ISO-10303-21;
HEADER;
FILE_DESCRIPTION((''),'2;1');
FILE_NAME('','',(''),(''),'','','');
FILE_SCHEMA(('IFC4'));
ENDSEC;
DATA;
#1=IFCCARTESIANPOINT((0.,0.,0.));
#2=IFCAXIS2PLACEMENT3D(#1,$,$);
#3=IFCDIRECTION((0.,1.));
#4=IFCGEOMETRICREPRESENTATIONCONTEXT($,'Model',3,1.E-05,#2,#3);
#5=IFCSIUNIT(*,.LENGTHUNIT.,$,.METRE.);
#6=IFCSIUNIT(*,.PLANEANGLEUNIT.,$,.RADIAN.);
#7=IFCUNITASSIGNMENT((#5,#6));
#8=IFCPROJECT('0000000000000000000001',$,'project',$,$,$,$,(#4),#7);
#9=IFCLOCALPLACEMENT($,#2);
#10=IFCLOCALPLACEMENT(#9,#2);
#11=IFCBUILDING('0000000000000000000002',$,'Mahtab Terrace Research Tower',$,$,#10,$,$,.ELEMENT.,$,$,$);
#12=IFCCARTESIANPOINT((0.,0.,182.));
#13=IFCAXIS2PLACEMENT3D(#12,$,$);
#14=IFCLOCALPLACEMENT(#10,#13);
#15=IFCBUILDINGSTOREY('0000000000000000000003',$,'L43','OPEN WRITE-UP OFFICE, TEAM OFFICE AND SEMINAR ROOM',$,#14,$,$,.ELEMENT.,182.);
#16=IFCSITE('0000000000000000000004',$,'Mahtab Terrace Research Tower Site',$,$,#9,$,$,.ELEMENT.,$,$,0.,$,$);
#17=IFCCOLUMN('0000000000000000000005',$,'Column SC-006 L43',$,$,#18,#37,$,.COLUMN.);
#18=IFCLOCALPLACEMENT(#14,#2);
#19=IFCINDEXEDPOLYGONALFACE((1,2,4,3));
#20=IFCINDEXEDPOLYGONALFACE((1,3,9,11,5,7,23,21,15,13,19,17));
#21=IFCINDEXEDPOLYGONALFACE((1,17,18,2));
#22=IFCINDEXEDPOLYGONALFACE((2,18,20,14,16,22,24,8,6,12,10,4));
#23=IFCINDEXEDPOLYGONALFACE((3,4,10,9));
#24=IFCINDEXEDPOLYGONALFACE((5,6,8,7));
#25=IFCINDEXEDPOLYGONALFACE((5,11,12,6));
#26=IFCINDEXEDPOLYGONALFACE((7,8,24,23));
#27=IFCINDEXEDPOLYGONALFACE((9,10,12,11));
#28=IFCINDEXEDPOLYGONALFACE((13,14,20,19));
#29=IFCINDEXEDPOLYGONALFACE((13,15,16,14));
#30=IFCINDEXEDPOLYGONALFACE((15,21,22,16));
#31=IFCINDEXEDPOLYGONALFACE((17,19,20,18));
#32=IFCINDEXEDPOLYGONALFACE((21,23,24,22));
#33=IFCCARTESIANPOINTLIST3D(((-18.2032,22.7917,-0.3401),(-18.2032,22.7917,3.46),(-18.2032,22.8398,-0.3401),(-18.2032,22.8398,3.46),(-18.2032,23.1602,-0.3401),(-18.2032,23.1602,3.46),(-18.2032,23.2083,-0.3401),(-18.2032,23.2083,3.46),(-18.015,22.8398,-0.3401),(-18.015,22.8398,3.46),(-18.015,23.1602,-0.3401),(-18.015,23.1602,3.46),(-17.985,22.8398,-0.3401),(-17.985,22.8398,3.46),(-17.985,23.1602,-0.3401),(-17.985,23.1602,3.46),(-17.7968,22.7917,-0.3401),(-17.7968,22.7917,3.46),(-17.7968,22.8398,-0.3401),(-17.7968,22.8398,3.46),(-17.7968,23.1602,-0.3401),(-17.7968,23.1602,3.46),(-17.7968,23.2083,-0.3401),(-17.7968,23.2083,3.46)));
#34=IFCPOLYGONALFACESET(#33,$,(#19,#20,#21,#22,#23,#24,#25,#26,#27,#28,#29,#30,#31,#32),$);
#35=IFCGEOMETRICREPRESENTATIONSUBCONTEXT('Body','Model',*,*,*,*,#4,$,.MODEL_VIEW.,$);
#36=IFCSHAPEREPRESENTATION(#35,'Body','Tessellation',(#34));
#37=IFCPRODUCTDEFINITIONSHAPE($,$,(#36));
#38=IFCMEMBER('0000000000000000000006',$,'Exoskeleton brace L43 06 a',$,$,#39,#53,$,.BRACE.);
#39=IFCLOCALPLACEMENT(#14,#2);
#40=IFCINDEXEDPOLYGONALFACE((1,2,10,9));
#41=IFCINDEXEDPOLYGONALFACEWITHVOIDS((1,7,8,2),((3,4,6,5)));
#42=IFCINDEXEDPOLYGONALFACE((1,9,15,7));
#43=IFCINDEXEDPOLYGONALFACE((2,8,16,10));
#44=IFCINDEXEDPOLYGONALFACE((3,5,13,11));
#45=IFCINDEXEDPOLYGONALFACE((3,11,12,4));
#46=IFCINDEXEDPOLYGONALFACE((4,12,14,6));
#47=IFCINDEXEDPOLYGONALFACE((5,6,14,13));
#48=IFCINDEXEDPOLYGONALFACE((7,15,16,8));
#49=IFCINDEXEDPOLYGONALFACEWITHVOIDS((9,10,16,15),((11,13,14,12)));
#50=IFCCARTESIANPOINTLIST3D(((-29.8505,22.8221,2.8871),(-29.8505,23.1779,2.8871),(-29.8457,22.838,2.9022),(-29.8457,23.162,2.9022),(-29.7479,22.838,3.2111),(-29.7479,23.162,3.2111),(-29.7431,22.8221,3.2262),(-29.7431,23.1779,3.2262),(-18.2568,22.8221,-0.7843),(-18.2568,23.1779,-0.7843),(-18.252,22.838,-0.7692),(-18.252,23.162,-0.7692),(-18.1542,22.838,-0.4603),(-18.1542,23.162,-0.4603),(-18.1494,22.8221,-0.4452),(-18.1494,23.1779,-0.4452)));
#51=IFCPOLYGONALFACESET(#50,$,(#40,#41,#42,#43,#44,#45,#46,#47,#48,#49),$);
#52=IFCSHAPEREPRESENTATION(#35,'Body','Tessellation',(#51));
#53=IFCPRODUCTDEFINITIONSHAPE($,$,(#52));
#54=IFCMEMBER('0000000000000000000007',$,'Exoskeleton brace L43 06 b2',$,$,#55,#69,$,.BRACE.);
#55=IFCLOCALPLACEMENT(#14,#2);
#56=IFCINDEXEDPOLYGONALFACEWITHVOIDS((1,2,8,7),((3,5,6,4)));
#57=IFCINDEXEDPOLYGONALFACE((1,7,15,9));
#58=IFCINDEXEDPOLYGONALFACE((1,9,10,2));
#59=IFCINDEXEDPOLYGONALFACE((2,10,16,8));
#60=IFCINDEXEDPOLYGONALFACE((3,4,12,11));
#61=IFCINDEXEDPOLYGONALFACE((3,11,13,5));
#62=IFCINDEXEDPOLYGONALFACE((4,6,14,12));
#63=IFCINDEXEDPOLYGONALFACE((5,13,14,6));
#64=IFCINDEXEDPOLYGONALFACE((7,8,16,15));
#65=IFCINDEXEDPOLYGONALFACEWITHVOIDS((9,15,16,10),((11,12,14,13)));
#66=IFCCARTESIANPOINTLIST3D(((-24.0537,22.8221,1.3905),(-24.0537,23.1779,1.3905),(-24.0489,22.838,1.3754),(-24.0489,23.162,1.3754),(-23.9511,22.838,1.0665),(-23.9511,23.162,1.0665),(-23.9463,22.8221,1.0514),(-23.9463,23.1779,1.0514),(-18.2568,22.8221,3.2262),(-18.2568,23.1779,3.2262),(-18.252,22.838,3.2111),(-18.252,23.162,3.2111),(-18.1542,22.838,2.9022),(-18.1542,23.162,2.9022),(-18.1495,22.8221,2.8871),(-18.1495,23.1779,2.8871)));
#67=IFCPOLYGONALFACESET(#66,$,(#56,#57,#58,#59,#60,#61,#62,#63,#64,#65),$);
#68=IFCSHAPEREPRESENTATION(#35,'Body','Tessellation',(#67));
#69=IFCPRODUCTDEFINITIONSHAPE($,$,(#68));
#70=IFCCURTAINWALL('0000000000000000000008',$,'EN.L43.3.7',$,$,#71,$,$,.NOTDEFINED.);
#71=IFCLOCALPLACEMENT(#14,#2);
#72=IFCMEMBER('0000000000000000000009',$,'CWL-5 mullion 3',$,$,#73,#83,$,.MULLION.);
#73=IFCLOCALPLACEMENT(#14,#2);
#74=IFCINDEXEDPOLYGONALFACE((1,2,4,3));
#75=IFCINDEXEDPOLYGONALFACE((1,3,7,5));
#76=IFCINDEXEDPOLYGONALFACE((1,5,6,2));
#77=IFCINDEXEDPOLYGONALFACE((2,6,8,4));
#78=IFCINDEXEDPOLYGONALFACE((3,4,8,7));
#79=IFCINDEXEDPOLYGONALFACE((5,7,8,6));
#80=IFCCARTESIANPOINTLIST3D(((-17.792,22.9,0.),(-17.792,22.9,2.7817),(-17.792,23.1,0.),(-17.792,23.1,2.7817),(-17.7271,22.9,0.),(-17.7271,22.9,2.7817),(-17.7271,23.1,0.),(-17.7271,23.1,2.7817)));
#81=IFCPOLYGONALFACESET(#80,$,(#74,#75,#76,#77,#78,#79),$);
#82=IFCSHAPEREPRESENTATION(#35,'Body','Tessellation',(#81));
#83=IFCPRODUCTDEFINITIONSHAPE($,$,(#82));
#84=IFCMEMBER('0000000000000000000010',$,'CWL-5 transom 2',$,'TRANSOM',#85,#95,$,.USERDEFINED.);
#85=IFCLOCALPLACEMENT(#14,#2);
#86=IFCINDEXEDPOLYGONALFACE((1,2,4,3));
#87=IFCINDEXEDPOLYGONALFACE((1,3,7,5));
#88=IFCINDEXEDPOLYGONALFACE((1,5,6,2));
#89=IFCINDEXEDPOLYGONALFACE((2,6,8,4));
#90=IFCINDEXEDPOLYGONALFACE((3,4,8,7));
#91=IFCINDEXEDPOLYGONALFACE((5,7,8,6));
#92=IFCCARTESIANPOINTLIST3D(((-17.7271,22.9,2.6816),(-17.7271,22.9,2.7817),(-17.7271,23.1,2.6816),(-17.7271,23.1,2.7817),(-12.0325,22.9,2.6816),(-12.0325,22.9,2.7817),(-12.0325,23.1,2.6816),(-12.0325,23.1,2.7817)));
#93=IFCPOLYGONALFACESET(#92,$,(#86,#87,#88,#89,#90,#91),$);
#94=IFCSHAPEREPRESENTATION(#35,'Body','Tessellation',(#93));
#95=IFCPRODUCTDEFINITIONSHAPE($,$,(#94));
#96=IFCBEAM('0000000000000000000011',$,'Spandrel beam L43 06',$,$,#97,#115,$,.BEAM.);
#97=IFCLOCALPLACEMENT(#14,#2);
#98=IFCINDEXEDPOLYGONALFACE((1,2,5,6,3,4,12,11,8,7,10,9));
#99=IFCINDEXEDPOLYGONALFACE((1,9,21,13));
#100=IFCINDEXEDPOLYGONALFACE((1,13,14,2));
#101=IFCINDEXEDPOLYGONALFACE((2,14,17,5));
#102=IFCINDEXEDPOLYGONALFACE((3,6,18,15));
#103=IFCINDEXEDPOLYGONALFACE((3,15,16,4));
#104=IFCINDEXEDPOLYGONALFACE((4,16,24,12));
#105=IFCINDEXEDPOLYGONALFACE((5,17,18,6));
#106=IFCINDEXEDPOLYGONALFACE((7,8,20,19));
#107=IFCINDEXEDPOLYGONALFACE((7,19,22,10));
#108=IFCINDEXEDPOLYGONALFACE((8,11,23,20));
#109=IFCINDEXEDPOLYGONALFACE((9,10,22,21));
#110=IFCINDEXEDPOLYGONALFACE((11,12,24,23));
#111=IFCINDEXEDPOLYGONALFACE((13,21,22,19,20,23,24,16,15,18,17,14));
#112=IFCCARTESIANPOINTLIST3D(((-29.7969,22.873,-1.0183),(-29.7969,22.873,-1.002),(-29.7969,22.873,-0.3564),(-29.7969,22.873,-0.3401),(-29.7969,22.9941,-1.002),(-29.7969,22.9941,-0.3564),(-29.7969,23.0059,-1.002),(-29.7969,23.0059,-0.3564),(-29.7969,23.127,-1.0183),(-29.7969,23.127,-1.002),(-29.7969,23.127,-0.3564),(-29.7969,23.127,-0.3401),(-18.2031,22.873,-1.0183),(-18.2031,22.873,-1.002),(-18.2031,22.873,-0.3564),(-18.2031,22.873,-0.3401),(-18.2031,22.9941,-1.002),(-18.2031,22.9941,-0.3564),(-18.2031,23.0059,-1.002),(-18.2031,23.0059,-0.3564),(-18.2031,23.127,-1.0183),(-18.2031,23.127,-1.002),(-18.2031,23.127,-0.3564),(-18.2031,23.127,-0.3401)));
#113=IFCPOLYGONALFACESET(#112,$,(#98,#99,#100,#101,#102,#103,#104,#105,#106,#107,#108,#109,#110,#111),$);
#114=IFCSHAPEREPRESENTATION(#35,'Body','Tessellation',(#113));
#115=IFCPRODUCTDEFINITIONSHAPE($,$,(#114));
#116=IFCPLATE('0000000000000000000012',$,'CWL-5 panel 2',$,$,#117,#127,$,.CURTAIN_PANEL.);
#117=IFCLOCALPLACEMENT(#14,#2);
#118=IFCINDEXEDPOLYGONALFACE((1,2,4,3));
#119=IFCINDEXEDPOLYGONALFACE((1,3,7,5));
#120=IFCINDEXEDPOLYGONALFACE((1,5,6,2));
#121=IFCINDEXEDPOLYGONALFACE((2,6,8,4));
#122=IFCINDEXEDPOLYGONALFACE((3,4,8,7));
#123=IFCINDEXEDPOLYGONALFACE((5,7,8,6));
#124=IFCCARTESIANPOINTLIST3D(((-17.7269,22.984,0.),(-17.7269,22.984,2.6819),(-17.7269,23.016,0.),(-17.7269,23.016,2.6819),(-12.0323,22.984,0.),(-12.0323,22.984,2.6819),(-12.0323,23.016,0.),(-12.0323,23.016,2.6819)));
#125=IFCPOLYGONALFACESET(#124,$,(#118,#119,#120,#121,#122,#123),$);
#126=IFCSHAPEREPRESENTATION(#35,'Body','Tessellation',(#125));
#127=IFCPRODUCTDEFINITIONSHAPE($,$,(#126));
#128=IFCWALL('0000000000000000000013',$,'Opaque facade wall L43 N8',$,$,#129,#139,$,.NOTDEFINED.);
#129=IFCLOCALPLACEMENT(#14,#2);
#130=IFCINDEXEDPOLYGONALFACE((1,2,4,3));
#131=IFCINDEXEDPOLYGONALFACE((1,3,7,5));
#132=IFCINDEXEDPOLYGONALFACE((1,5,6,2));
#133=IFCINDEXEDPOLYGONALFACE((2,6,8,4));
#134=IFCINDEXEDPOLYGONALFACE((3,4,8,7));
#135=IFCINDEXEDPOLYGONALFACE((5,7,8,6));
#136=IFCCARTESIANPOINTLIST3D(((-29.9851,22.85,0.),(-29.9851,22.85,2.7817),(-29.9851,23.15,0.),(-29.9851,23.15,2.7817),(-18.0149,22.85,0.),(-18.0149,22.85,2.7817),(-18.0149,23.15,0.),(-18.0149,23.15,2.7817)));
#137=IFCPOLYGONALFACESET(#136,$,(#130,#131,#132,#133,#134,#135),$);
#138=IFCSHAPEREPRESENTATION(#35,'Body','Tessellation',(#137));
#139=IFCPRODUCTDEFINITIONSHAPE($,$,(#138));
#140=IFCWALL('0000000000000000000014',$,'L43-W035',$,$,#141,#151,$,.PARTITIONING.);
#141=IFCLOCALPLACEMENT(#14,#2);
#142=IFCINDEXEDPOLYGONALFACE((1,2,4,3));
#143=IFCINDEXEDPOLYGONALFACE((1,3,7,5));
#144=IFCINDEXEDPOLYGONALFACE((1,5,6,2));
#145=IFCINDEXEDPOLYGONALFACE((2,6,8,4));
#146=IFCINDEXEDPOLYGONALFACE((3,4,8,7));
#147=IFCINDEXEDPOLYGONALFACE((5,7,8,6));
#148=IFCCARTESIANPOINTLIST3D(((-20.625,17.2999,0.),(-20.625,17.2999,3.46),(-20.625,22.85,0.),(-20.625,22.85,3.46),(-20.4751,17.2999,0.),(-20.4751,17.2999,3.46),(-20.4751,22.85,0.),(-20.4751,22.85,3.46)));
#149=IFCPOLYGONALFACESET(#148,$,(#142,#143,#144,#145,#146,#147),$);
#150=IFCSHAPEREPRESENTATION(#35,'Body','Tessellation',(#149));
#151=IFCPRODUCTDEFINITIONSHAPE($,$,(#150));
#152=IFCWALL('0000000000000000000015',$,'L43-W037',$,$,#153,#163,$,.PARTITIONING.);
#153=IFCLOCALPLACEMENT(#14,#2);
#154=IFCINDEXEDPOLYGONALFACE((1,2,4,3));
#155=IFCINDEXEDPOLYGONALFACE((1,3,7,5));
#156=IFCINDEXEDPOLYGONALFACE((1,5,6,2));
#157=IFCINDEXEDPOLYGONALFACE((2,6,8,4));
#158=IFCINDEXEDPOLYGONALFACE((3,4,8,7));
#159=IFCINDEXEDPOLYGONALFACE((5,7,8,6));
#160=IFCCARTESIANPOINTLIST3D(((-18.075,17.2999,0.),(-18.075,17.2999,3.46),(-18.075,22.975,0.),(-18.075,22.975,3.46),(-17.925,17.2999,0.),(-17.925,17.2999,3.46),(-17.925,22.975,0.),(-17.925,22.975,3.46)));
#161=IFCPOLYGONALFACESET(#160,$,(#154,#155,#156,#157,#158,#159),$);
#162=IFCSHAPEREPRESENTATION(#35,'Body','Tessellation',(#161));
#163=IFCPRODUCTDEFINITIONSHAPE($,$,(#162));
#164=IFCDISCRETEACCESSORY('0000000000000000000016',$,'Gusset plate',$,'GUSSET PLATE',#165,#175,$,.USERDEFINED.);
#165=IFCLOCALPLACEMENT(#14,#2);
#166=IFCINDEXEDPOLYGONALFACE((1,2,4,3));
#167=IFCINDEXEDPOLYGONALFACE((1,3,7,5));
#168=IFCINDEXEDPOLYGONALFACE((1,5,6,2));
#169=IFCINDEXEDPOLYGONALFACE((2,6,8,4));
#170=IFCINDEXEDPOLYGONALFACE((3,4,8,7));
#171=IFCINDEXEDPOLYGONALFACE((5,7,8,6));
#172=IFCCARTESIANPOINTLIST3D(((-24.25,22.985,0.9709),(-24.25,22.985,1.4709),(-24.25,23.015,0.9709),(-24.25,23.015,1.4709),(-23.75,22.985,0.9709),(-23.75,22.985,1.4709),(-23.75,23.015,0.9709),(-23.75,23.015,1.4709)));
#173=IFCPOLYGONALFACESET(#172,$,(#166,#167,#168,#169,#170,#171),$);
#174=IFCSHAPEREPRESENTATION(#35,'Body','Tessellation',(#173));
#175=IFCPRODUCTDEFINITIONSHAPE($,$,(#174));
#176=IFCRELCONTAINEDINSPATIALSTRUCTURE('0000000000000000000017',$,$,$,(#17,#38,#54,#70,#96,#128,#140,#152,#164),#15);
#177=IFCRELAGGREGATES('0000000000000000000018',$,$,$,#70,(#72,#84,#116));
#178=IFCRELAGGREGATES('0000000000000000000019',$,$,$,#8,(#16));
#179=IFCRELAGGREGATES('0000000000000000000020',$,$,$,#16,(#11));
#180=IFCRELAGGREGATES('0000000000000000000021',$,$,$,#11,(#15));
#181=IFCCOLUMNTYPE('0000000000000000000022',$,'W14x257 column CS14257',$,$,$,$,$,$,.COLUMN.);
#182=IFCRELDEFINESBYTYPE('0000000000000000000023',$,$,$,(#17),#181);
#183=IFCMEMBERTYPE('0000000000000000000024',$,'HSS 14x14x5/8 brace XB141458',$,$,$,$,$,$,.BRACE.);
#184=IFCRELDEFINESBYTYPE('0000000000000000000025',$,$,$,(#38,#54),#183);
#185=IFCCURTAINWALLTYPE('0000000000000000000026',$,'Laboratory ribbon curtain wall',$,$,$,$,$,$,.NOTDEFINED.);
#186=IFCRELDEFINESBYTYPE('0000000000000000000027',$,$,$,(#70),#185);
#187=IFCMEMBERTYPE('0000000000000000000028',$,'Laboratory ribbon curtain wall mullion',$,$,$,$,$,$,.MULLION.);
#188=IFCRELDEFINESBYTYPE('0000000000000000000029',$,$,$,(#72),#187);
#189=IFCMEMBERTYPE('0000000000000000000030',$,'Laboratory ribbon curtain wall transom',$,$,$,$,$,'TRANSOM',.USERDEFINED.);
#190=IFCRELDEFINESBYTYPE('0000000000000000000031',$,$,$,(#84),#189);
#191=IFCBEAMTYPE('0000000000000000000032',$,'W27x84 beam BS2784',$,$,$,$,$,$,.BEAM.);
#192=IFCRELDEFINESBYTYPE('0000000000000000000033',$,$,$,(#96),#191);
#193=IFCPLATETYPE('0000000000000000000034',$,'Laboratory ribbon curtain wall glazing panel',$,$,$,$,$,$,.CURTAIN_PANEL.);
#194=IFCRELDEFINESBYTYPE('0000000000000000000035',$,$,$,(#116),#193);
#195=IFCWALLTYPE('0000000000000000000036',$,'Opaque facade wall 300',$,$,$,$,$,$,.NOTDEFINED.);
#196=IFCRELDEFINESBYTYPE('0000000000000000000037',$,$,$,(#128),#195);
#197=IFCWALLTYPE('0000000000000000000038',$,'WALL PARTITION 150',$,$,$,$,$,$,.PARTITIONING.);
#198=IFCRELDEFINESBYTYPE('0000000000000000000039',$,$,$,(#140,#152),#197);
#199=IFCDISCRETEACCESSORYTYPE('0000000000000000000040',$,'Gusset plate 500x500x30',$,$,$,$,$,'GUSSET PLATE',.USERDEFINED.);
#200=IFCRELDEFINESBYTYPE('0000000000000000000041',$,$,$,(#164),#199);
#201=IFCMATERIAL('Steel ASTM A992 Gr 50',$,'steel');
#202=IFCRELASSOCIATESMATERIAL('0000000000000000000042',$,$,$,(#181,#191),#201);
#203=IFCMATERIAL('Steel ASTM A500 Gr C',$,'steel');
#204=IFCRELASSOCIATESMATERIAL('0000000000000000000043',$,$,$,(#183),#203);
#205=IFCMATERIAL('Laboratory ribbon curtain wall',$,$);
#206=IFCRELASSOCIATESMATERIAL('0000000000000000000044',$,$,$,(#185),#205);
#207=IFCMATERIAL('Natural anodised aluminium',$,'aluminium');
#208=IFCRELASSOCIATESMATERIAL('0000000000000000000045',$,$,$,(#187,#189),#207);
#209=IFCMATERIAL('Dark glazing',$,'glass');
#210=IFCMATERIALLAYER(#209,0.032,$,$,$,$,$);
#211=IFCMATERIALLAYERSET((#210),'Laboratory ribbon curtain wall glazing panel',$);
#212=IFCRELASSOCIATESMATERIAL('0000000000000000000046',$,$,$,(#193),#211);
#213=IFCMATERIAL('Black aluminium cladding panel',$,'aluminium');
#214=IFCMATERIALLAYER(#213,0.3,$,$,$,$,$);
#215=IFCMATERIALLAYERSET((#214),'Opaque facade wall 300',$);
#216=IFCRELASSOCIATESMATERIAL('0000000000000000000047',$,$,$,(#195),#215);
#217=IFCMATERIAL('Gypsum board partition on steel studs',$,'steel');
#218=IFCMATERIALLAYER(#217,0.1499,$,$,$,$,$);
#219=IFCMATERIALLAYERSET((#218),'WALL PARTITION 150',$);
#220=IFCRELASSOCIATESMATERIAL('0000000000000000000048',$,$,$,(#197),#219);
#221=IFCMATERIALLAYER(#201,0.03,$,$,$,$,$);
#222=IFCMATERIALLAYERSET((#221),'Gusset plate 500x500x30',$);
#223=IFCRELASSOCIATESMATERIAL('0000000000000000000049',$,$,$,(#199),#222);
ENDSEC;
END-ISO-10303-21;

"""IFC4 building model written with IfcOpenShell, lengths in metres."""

from ifc_helpers import new_model, si_unit, direction, frame, frame_2d, origin, origin_2d, place, context, subcontext, project, spatial, rectangle, hollow_rectangle, i_section, extrude, material, layer, layer_set, material_profile, profile_set, type_object, element, aggregate, save


model = new_model("IFC4")

# Units and contexts
model_context = context("Model", 3, precision=1e-05, world=origin(), true_north=direction((0.0, 1.0)))
body_context = subcontext(model_context, "Body", "Model", "MODEL_VIEW")
ifc_project = project(units=[si_unit("LENGTHUNIT", "METRE"), si_unit("PLANEANGLEUNIT", "RADIAN")], contexts=[model_context])

# Site, building, storey
site_placement = place(None, origin())
site = spatial("IfcSite", under=ifc_project, at=site_placement, Name="Mahtab Terrace Research Tower Site", CompositionType="ELEMENT", RefElevation=0.0)
building_placement = place(site_placement, origin())
building = spatial("IfcBuilding", under=site, at=building_placement, Name="Mahtab Terrace Research Tower", CompositionType="ELEMENT")
storey_placement = place(building_placement, frame((0.0, 0.0, 182.0)))
storey = spatial("IfcBuildingStorey", under=building, at=storey_placement, Name="L43", Description="OPEN WRITE-UP OFFICE, TEAM OFFICE AND SEMINAR ROOM", CompositionType="ELEMENT", Elevation=182.0)

# Column
ifc_material_1 = material(Name="Steel ASTM A992 Gr 50", Category="steel")
ifc_material_profile_1 = material_profile(ifc_material_1, i_section(OverallWidth=0.4065, OverallDepth=0.4165, WebThickness=0.03, FlangeThickness=0.0481, at=origin_2d()), Name="W14X257")
ifc_profile_set_1 = profile_set([ifc_material_profile_1], Name="Steel ASTM A992 Gr 50")
column_type = type_object("IfcColumnType", Name="W14x257 column CS14257", PredefinedType="COLUMN", material=ifc_profile_set_1)
column_placement = place(storey_placement, frame((-18.0, 23.0, -0.3401), z_axis=(0.0, 0.0, 1.0), x_axis=(1.0, 0.0, 0.0)))
element("IfcColumn", 1, at=column_placement, inside=storey, type_object=column_type, Name="Column SC-006 L43", PredefinedType="COLUMN", context=body_context, shape_type="SweptSolid", body=[
    extrude(i_section(OverallWidth=0.4065, OverallDepth=0.4165, WebThickness=0.03, FlangeThickness=0.0481, at=origin_2d()), origin(), (0.0, 0.0, 1.0), 3.8),
])

# Members
ifc_material_2 = material(Name="Steel ASTM A500 Gr C", Category="steel")
ifc_material_profile_2 = material_profile(ifc_material_2, hollow_rectangle(XDim=0.3557, YDim=0.3557, WallThickness=0.0159, at=origin_2d()), Name="HSS14X14X5/8")
ifc_profile_set_2 = profile_set([ifc_material_profile_2], Name="Steel ASTM A500 Gr C")
member_type_1 = type_object("IfcMemberType", Name="HSS 14x14x5/8 brace XB141458", PredefinedType="BRACE", material=ifc_profile_set_2)
member_1_placement = place(storey_placement, frame((-18.2031, 23.0, -0.6147), z_axis=(-0.953341, 0.0, 0.301894), x_axis=(0.0, -1.0, 0.0)))
element("IfcMember", 2, at=member_1_placement, inside=storey, type_object=member_type_1, Name="Exoskeleton brace L43 06 a", PredefinedType="BRACE", context=body_context, shape_type="SweptSolid", body=[
    extrude(hollow_rectangle(XDim=0.3557, YDim=0.3557, WallThickness=0.0159, at=origin_2d()), origin(), (0.0, 0.0, 1.0), 12.1611),
])
member_2_placement = place(storey_placement, frame((-24.0, 23.0, 1.2209), z_axis=(0.953341, 0.0, 0.301894), x_axis=(0.0, 1.0, 0.0)))
element("IfcMember", 3, at=member_2_placement, inside=storey, type_object=member_type_1, Name="Exoskeleton brace L43 06 b2", PredefinedType="BRACE", context=body_context, shape_type="SweptSolid", body=[
    extrude(hollow_rectangle(XDim=0.3557, YDim=0.3557, WallThickness=0.0159, at=origin_2d()), origin(), (0.0, 0.0, 1.0), 6.0806),
])

# Curtain wall, members
ifc_material_3 = material(Name="Laboratory ribbon curtain wall")
curtain_wall_type = type_object("IfcCurtainWallType", Name="Laboratory ribbon curtain wall", PredefinedType="NOTDEFINED", material=ifc_material_3)
curtain_wall_placement = place(storey_placement, origin())
curtain_wall = element("IfcCurtainWall", 4, at=curtain_wall_placement, inside=storey, type_object=curtain_wall_type, Name="EN.L43.3.7", PredefinedType="NOTDEFINED")
ifc_material_4 = material(Name="Natural anodised aluminium", Category="aluminium")
ifc_material_profile_3 = material_profile(ifc_material_4, rectangle(XDim=0.2, YDim=0.0649, at=origin_2d()), Name="MULLION 65x200")
ifc_profile_set_3 = profile_set([ifc_material_profile_3], Name="Natural anodised aluminium")
member_type_2 = type_object("IfcMemberType", Name="Laboratory ribbon curtain wall mullion", PredefinedType="MULLION", material=ifc_profile_set_3)
member_3_placement = place(storey_placement, frame((-17.7595, 23.0, 0.0), z_axis=(0.0, 0.0, 1.0), x_axis=(0.0, -1.0, 0.0)))
member_3 = element("IfcMember", 5, at=member_3_placement, type_object=member_type_2, Name="CWL-5 mullion 3", PredefinedType="MULLION", context=body_context, shape_type="SweptSolid", body=[
    extrude(rectangle(XDim=0.2, YDim=0.0649, at=origin_2d()), origin(), (0.0, 0.0, 1.0), 2.7817),
])
ifc_material_profile_4 = material_profile(ifc_material_4, rectangle(XDim=0.2, YDim=0.1001, at=origin_2d()), Name="TRANSOM 100x200")
ifc_profile_set_4 = profile_set([ifc_material_profile_4], Name="Natural anodised aluminium")
member_type_3 = type_object("IfcMemberType", Name="Laboratory ribbon curtain wall transom", ElementType="TRANSOM", PredefinedType="USERDEFINED", material=ifc_profile_set_4)
member_4_placement = place(storey_placement, frame((-12.0325, 23.0, 2.7317), z_axis=(-1.0, 0.0, 0.0), x_axis=(0.0, -1.0, 0.0)))
member_4 = element("IfcMember", 6, at=member_4_placement, type_object=member_type_3, Name="CWL-5 transom 2", ObjectType="TRANSOM", PredefinedType="USERDEFINED", context=body_context, shape_type="SweptSolid", body=[
    extrude(rectangle(XDim=0.2, YDim=0.1001, at=origin_2d()), origin(), (0.0, 0.0, 1.0), 5.6946),
])

# Beam
ifc_material_profile_5 = material_profile(ifc_material_1, i_section(OverallWidth=0.2539, OverallDepth=0.6782, WebThickness=0.0117, FlangeThickness=0.0164, at=origin_2d()), Name="W27X84")
ifc_profile_set_5 = profile_set([ifc_material_profile_5], Name="Steel ASTM A992 Gr 50")
beam_type = type_object("IfcBeamType", Name="W27x84 beam BS2784", PredefinedType="BEAM", material=ifc_profile_set_5)
beam_placement = place(storey_placement, frame((-18.2031, 23.0, -0.6792), z_axis=(-1.0, 0.0, 0.0), x_axis=(0.0, -1.0, 0.0)))
element("IfcBeam", 7, at=beam_placement, inside=storey, type_object=beam_type, Name="Spandrel beam L43 06", PredefinedType="BEAM", context=body_context, shape_type="SweptSolid", body=[
    extrude(i_section(OverallWidth=0.2539, OverallDepth=0.6782, WebThickness=0.0117, FlangeThickness=0.0164, at=origin_2d()), origin(), (0.0, 0.0, 1.0), 11.5938),
])

# Plate
ifc_material_5 = material(Name="Dark glazing", Category="glass")
ifc_layer_1 = layer(ifc_material_5, 0.032)
ifc_layer_set_1 = layer_set([ifc_layer_1], Name="Laboratory ribbon curtain wall glazing panel")
plate_type = type_object("IfcPlateType", Name="Laboratory ribbon curtain wall glazing panel", PredefinedType="CURTAIN_PANEL", material=ifc_layer_set_1)
plate_placement = place(storey_placement, frame((-14.8796, 23.0, 0.0), z_axis=(0.0, 0.0, 1.0), x_axis=(-1.0, 0.0, 0.0)))
plate = element("IfcPlate", 8, at=plate_placement, type_object=plate_type, Name="CWL-5 panel 2", PredefinedType="CURTAIN_PANEL", context=body_context, shape_type="SweptSolid", body=[
    extrude(rectangle(XDim=5.6946, YDim=0.032, at=origin_2d()), origin(), (0.0, 0.0, 1.0), 2.6819),
])
aggregate(curtain_wall, [member_3, member_4, plate])

# Walls
ifc_material_6 = material(Name="Black aluminium cladding panel", Category="aluminium")
ifc_layer_2 = layer(ifc_material_6, 0.3)
ifc_layer_set_2 = layer_set([ifc_layer_2], Name="Opaque facade wall 300")
wall_type_1 = type_object("IfcWallType", Name="Opaque facade wall 300", PredefinedType="NOTDEFINED", material=ifc_layer_set_2)
wall_1_placement = place(storey_placement, frame((-18.0149, 23.0, 0.0), z_axis=(0.0, 0.0, 1.0), x_axis=(-1.0, 0.0, 0.0)))
element("IfcWall", 9, at=wall_1_placement, inside=storey, type_object=wall_type_1, Name="Opaque facade wall L43 N8", PredefinedType="NOTDEFINED", context=body_context, shape_type="SweptSolid", body=[
    extrude(rectangle(XDim=11.9702, YDim=0.3, at=frame_2d((5.9851, 0.0))), origin(), (0.0, 0.0, 1.0), 2.7817),
])
ifc_material_7 = material(Name="Gypsum board partition on steel studs", Category="steel")
ifc_layer_3 = layer(ifc_material_7, 0.1499)
ifc_layer_set_3 = layer_set([ifc_layer_3], Name="WALL PARTITION 150")
wall_type_2 = type_object("IfcWallType", Name="WALL PARTITION 150", PredefinedType="PARTITIONING", material=ifc_layer_set_3)
wall_2_placement = place(storey_placement, frame((-20.55, 17.3, 0.0), z_axis=(0.0, 0.0, 1.0), x_axis=(0.0, 1.0, 0.0)))
element("IfcWall", 10, at=wall_2_placement, inside=storey, type_object=wall_type_2, Name="L43-W035", PredefinedType="PARTITIONING", context=body_context, shape_type="SweptSolid", body=[
    extrude(rectangle(XDim=5.55, YDim=0.1499, at=frame_2d((2.7749, 0.0))), origin(), (0.0, 0.0, 1.0), 3.46),
])
wall_3_placement = place(storey_placement, frame((-18.0, 17.3, 0.0), z_axis=(0.0, 0.0, 1.0), x_axis=(0.0, 1.0, 0.0)))
element("IfcWall", 11, at=wall_3_placement, inside=storey, type_object=wall_type_2, Name="L43-W037", PredefinedType="PARTITIONING", context=body_context, shape_type="SweptSolid", body=[
    extrude(rectangle(XDim=5.675, YDim=0.1499, at=frame_2d((2.8374, 0.0))), origin(), (0.0, 0.0, 1.0), 3.46),
])

# Discrete accessory
ifc_layer_4 = layer(ifc_material_1, 0.03)
ifc_layer_set_4 = layer_set([ifc_layer_4], Name="Gusset plate 500x500x30")
discrete_accessory_type = type_object("IfcDiscreteAccessoryType", Name="Gusset plate 500x500x30", ElementType="GUSSET PLATE", PredefinedType="USERDEFINED", material=ifc_layer_set_4)
for number, where, z_axis, x_axis, name in (
    (12, (-24.0, 23.0, 0.9709), (0.0, 0.0, 1.0), (1.0, 0.0, 0.0), "Gusset plate"),
):
    element("IfcDiscreteAccessory", number, at=place(storey_placement, frame(where, z_axis=z_axis, x_axis=x_axis)), inside=storey, type_object=discrete_accessory_type, Name=name, ObjectType="GUSSET PLATE", PredefinedType="USERDEFINED", context=body_context, shape_type="SweptSolid", body=[
        extrude(rectangle(XDim=0.5, YDim=0.03, at=origin_2d()), origin(), (0.0, 0.0, 1.0), 0.5),
    ])

save(model, "model.ifc")
